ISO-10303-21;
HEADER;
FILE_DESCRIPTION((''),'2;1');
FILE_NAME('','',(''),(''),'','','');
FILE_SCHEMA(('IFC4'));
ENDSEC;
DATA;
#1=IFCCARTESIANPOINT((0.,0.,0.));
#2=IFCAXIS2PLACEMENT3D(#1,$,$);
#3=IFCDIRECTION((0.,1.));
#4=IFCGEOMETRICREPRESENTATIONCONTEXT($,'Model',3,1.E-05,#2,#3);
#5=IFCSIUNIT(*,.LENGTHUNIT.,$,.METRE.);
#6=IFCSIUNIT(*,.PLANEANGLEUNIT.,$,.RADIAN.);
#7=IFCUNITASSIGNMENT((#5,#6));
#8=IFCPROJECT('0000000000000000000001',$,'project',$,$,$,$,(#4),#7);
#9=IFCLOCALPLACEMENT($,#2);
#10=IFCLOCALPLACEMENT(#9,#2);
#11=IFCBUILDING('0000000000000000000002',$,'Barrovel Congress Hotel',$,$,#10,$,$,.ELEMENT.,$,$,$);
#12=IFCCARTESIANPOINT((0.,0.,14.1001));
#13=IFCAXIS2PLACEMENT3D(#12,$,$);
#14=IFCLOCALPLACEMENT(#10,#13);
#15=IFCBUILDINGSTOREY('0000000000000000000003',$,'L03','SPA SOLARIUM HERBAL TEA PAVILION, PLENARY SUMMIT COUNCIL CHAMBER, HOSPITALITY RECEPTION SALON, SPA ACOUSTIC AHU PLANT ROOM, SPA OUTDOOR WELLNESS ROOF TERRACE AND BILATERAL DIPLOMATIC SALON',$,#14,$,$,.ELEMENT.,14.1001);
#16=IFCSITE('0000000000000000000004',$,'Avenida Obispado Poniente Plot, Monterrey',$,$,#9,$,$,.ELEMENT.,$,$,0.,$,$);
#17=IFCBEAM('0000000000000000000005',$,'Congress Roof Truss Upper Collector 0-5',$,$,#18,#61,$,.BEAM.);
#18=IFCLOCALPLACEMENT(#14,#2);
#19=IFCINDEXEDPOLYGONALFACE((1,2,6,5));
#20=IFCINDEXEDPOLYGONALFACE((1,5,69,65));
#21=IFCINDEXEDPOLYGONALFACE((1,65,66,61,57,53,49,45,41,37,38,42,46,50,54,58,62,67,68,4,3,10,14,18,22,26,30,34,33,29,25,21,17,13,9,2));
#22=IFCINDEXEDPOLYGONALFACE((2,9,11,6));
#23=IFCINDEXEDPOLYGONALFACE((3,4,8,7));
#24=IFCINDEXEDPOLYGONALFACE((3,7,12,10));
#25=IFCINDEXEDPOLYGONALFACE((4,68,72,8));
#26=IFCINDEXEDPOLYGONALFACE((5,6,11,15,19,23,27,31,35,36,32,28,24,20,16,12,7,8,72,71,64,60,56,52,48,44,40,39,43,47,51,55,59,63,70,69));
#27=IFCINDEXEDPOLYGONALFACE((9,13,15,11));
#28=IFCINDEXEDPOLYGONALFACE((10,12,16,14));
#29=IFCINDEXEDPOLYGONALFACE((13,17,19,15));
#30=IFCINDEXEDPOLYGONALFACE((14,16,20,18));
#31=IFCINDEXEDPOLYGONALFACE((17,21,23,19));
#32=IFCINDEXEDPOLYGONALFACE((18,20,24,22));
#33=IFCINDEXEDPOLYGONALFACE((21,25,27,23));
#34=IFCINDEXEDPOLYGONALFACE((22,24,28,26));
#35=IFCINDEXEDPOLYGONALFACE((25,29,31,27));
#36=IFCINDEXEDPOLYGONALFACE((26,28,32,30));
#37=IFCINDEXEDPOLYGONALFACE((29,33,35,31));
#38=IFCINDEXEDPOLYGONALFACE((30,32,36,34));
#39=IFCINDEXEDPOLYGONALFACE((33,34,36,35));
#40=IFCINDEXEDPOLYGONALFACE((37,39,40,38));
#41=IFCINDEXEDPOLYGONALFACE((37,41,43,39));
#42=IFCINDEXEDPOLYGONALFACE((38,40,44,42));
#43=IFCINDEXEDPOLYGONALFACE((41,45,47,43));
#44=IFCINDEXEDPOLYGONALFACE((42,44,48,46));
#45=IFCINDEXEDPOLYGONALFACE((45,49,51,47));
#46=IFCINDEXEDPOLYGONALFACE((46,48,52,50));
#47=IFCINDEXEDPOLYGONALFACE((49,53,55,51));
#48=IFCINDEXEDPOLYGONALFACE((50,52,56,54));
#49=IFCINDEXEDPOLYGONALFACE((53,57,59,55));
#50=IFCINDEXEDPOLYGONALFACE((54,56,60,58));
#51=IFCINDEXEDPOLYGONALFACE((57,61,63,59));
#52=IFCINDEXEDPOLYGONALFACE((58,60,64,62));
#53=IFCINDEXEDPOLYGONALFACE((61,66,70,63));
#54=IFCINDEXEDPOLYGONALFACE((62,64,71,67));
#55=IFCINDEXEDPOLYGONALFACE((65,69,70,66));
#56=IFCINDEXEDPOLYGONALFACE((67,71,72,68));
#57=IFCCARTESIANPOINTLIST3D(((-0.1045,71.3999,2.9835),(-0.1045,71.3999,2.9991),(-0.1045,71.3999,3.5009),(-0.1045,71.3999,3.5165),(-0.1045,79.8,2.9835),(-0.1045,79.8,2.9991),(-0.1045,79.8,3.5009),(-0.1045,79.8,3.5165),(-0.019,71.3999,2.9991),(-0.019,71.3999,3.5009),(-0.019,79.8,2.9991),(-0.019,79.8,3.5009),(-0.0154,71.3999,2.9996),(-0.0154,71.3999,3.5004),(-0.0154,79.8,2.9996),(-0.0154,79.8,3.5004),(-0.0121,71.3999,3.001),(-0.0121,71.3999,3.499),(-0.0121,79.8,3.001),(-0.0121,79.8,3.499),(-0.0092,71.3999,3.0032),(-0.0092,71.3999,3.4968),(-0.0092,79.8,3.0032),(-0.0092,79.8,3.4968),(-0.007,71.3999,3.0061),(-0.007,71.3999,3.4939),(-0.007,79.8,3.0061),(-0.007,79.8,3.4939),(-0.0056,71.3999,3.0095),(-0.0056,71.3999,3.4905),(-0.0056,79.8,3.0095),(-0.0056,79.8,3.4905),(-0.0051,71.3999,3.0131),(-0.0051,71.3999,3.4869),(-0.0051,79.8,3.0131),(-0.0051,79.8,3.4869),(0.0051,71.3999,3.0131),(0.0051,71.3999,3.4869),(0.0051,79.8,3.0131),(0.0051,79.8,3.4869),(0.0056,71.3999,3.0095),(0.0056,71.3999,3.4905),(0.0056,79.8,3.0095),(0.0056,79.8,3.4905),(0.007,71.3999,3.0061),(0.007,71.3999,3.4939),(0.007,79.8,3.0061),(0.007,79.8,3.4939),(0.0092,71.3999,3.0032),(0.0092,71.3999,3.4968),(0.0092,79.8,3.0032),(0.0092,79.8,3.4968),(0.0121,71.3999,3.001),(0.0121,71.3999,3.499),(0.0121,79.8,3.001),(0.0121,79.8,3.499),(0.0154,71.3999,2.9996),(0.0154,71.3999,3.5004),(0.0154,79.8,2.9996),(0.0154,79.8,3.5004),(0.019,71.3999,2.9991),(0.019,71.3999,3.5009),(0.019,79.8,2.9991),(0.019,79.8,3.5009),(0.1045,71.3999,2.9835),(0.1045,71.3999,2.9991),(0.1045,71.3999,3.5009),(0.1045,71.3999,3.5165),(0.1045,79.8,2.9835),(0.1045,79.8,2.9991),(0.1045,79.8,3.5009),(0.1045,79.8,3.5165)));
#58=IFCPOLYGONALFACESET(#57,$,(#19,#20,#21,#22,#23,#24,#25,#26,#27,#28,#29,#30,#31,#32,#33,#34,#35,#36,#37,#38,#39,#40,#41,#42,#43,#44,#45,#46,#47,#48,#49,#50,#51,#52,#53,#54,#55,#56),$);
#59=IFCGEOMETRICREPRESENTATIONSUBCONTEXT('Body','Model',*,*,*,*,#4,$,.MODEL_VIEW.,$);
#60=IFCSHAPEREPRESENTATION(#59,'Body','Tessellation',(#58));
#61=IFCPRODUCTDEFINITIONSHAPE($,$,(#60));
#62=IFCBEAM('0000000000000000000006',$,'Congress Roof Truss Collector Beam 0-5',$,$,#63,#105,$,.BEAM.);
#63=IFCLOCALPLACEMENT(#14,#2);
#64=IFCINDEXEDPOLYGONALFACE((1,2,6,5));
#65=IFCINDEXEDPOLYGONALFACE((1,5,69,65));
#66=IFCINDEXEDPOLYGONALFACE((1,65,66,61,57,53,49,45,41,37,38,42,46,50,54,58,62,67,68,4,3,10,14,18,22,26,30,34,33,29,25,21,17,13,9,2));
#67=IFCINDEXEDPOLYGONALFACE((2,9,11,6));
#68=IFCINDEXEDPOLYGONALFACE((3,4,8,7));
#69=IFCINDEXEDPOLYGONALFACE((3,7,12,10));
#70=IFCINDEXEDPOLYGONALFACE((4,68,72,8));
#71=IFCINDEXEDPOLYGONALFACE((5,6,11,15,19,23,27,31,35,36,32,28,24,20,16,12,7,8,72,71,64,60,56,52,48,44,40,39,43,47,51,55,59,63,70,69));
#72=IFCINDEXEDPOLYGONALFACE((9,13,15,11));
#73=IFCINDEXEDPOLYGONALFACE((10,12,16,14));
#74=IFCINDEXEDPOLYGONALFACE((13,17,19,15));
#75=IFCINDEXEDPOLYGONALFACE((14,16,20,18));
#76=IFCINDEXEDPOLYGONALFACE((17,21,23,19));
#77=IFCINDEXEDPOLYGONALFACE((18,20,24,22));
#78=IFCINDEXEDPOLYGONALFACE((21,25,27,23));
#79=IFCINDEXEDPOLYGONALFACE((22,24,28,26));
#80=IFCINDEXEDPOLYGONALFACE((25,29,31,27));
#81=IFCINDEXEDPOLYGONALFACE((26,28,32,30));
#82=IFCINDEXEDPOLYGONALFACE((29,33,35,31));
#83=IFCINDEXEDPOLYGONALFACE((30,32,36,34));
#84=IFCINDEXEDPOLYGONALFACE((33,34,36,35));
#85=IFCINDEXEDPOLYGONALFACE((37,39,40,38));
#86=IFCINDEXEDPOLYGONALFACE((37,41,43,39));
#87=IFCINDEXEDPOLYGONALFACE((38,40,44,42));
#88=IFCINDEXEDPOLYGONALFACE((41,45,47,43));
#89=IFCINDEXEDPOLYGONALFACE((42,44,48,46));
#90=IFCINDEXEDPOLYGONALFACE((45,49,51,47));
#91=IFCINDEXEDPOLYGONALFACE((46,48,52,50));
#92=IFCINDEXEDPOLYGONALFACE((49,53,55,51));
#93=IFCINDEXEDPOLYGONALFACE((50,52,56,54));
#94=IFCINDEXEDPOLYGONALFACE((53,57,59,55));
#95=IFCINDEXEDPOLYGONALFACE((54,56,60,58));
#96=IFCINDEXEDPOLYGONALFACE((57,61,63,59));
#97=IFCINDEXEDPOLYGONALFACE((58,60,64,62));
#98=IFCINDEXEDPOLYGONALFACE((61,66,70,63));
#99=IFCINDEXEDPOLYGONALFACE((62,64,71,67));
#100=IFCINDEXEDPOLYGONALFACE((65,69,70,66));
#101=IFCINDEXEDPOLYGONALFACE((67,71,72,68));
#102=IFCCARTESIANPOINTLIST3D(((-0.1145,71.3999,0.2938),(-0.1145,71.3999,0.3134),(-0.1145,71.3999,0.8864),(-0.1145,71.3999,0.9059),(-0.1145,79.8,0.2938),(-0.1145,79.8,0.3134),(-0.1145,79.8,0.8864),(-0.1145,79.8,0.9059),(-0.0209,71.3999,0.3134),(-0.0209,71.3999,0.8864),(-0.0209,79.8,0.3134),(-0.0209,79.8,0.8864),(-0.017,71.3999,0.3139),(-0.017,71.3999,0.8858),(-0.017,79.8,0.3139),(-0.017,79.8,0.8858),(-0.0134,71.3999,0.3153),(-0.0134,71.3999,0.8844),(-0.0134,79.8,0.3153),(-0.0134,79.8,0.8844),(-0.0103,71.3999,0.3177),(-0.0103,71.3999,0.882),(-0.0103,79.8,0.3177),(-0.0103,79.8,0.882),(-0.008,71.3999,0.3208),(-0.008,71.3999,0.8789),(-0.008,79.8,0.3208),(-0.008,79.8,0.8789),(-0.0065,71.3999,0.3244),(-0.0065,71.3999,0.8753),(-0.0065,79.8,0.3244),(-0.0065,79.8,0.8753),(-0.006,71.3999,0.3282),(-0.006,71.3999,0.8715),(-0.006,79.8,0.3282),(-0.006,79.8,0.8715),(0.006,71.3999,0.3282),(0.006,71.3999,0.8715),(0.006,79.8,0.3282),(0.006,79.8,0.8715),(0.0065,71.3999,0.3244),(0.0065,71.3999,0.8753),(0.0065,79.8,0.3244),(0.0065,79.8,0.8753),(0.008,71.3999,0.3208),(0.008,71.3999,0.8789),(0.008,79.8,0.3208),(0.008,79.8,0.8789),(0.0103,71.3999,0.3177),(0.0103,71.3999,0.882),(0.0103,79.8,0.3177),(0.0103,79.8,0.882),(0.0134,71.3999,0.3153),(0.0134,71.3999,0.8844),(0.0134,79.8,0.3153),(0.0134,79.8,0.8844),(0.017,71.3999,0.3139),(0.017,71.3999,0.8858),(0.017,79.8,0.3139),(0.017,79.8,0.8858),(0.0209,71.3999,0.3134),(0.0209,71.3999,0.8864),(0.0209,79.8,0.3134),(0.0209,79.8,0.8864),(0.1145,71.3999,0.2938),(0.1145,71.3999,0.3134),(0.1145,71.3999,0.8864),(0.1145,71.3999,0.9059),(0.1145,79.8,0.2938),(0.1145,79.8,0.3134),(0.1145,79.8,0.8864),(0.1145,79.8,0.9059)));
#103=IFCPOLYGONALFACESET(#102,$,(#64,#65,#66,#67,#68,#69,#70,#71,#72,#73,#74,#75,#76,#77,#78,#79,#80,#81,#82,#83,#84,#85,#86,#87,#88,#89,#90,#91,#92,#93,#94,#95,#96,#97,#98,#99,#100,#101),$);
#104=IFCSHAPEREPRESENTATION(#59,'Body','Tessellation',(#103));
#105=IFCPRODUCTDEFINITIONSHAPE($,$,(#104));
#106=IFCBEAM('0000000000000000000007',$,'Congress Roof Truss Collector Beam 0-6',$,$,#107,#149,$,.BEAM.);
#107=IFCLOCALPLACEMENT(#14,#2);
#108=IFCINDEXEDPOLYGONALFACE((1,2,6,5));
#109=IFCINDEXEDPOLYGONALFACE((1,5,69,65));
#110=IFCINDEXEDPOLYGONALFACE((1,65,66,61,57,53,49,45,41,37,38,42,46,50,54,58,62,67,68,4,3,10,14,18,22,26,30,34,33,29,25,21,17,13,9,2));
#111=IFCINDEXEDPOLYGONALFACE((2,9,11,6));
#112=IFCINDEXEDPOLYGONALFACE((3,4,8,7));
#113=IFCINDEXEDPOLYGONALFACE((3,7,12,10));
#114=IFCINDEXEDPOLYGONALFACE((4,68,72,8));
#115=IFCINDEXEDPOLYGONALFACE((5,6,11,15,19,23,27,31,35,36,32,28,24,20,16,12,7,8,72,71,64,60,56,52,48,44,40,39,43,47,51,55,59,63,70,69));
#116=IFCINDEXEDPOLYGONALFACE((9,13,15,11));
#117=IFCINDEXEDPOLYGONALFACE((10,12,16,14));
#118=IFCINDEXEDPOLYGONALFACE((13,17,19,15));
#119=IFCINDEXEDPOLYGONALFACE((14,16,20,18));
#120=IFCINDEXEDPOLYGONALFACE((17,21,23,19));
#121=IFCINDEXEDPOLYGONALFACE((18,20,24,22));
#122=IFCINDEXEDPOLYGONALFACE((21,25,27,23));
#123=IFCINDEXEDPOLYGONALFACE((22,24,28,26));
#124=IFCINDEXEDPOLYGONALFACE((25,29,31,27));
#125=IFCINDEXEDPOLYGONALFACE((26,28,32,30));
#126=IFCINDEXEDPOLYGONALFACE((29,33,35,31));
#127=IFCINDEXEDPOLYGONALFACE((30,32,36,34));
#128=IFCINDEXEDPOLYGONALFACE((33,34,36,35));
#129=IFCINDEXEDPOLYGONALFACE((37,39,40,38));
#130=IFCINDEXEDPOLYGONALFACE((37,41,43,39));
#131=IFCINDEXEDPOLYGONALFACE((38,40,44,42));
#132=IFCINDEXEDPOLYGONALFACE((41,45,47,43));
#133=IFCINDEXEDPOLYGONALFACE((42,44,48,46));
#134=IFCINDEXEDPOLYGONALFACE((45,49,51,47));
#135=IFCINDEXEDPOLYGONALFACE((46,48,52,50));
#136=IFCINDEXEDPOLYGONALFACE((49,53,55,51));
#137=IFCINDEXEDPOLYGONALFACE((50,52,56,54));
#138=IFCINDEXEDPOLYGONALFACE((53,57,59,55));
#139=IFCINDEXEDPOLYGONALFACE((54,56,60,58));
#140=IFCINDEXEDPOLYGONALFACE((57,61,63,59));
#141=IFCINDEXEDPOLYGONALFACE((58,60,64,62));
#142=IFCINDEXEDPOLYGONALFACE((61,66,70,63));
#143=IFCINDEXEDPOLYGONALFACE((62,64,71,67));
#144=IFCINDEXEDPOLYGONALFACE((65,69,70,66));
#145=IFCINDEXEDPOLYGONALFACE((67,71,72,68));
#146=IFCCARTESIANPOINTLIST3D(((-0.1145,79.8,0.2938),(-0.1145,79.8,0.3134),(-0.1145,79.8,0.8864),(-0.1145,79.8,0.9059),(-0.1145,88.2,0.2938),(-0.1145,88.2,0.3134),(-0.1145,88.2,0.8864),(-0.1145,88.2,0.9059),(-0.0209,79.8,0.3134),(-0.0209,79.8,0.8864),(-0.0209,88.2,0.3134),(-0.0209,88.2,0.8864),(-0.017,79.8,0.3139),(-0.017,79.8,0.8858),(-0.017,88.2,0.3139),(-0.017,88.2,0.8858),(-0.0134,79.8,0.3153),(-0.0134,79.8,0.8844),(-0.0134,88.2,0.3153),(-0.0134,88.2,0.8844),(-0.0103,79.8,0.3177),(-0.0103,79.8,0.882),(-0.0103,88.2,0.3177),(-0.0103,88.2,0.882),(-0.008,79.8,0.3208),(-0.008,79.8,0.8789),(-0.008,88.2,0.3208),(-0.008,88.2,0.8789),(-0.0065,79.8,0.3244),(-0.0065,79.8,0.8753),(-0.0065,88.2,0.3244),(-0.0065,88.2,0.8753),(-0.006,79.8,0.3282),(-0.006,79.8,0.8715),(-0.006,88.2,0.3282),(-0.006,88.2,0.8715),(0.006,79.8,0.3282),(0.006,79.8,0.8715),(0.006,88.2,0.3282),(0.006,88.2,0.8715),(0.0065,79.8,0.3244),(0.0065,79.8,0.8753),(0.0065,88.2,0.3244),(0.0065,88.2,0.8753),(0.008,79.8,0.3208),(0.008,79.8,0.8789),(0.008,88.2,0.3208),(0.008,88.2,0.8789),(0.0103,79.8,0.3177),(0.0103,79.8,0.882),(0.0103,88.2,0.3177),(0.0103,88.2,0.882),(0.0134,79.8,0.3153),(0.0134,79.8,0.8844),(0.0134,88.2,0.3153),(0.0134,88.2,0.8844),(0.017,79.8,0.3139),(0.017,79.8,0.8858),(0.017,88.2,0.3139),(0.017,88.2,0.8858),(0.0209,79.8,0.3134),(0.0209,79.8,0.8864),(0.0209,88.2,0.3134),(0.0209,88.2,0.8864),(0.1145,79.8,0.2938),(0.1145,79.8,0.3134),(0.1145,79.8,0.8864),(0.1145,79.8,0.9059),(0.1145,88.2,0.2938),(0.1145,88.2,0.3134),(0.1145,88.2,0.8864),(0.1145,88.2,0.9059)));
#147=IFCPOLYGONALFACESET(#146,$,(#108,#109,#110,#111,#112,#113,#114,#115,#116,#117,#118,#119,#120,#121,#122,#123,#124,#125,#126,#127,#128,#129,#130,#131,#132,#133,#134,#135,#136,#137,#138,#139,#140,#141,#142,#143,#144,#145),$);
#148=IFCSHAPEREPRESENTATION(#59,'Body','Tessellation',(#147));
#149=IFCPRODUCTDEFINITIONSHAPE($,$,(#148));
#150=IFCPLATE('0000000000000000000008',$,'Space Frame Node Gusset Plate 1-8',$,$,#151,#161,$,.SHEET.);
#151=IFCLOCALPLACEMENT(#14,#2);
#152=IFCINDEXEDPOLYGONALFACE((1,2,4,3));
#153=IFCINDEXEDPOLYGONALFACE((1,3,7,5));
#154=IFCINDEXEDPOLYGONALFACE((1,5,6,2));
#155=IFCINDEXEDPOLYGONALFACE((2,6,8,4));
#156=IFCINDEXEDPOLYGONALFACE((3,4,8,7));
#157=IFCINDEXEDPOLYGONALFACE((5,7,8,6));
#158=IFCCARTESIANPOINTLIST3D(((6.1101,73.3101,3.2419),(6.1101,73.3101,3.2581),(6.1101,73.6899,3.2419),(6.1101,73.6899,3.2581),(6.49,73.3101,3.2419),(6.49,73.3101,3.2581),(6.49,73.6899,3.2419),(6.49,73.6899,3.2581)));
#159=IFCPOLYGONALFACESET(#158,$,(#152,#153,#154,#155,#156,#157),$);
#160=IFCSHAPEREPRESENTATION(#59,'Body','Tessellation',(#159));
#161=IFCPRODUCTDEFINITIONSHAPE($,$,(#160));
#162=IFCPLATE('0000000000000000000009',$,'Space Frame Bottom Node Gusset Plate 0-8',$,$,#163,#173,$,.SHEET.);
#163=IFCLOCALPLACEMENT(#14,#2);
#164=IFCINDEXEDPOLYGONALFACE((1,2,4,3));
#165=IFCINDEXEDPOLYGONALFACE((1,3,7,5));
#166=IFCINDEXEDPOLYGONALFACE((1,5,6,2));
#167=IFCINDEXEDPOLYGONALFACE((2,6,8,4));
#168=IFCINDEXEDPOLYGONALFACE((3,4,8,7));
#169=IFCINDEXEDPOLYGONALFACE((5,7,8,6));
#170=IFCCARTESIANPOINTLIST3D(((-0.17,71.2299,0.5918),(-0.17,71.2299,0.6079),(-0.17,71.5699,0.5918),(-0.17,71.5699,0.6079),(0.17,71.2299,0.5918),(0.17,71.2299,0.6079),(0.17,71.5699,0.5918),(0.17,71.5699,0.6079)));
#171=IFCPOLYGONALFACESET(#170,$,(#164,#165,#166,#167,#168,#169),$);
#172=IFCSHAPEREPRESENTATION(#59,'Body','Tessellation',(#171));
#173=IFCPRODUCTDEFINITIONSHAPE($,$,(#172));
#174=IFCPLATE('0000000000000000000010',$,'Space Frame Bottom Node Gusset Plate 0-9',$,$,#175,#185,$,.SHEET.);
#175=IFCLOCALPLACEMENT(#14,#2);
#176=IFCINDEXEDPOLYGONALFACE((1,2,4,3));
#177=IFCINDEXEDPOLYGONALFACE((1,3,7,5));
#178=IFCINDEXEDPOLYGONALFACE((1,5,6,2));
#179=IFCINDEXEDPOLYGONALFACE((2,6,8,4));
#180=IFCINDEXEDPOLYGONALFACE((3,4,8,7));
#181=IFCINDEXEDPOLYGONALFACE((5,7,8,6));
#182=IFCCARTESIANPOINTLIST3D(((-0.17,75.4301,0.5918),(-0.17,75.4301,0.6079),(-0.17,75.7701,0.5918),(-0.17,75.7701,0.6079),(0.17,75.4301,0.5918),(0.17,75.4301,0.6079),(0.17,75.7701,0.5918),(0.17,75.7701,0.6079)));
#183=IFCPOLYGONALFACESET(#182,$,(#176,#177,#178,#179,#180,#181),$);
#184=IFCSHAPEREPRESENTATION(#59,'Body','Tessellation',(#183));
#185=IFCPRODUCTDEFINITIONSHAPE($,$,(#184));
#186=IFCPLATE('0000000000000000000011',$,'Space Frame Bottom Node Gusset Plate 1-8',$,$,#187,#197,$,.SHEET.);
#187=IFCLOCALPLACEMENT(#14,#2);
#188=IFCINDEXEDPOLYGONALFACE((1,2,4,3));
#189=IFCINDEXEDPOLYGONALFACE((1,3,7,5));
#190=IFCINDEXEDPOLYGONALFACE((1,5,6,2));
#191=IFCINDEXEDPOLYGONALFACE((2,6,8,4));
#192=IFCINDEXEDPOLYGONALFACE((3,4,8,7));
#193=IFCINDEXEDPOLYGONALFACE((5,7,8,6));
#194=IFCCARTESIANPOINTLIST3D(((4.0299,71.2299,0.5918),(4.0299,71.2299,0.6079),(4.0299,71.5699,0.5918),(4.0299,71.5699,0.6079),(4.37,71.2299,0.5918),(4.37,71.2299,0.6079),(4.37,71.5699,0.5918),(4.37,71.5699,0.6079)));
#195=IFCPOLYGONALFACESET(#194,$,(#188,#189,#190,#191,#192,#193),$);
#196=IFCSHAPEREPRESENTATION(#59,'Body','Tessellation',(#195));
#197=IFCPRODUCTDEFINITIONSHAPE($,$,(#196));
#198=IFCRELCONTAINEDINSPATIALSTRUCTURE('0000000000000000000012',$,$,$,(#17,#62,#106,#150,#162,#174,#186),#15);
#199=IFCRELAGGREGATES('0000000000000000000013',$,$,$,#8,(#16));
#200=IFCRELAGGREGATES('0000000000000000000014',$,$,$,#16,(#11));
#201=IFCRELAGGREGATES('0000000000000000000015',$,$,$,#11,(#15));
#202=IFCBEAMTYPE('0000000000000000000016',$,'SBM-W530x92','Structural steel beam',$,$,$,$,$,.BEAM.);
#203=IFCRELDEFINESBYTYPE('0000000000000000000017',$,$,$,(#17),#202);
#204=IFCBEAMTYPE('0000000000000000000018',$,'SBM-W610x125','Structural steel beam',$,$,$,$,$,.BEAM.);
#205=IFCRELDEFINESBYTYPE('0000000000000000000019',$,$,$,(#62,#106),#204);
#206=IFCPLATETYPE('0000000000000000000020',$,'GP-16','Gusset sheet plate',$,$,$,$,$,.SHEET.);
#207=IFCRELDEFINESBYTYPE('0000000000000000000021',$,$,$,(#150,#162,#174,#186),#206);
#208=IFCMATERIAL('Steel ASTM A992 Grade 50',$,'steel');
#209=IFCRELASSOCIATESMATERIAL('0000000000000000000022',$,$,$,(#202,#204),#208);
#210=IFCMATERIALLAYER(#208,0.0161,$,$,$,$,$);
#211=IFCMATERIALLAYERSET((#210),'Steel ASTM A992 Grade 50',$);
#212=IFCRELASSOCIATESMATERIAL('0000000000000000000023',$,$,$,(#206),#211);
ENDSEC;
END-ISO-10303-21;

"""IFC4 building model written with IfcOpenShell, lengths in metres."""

from ifc_helpers import new_model, si_unit, direction, frame, origin, origin_2d, place, context, subcontext, project, spatial, rectangle, i_section, extrude, material, layer, layer_set, material_profile, profile_set, type_object, element, save


model = new_model("IFC4")

# Units and contexts
model_context = context("Model", 3, precision=1e-05, world=origin(), true_north=direction((0.0, 1.0)))
body_context = subcontext(model_context, "Body", "Model", "MODEL_VIEW")
ifc_project = project(units=[si_unit("LENGTHUNIT", "METRE"), si_unit("PLANEANGLEUNIT", "RADIAN")], contexts=[model_context])

# Site, building, storey
site_placement = place(None, origin())
site = spatial("IfcSite", under=ifc_project, at=site_placement, Name="Avenida Obispado Poniente Plot, Monterrey", CompositionType="ELEMENT", RefElevation=0.0)
building_placement = place(site_placement, origin())
building = spatial("IfcBuilding", under=site, at=building_placement, Name="Barrovel Congress Hotel", CompositionType="ELEMENT")
storey_placement = place(building_placement, frame((0.0, 0.0, 14.1001)))
storey = spatial("IfcBuildingStorey", under=building, at=storey_placement, Name="L03", Description="SPA SOLARIUM HERBAL TEA PAVILION, PLENARY SUMMIT COUNCIL CHAMBER, HOSPITALITY RECEPTION SALON, SPA ACOUSTIC AHU PLANT ROOM, SPA OUTDOOR WELLNESS ROOF TERRACE AND BILATERAL DIPLOMATIC SALON", CompositionType="ELEMENT", Elevation=14.1001)

# Beams
ifc_material_1 = material(Name="Steel ASTM A992 Grade 50", Category="steel")
ifc_material_profile_1 = material_profile(ifc_material_1, i_section(OverallWidth=0.209, OverallDepth=0.533, WebThickness=0.0103, FlangeThickness=0.0156, FilletRadius=0.0139, at=origin_2d()), Name="W530x92")
ifc_profile_set_1 = profile_set([ifc_material_profile_1], Name="Steel ASTM A992 Grade 50")
beam_type_1 = type_object("IfcBeamType", Name="SBM-W530x92", Description="Structural steel beam", PredefinedType="BEAM", material=ifc_profile_set_1)
beam_1_placement = place(storey_placement, frame((0.0, 71.3999, 3.25), z_axis=(0.0, 1.0, 0.0), x_axis=(-1.0, 0.0, 0.0)))
element("IfcBeam", 1, at=beam_1_placement, inside=storey, type_object=beam_type_1, Name="Congress Roof Truss Upper Collector 0-5", PredefinedType="BEAM", context=body_context, shape_type="SweptSolid", body=[
    extrude(i_section(OverallWidth=0.209, OverallDepth=0.533, WebThickness=0.0103, FlangeThickness=0.0156, FilletRadius=0.0139, at=origin_2d()), origin(), (0.0, 0.0, 1.0), 8.4001),
])
ifc_material_profile_2 = material_profile(ifc_material_1, i_section(OverallWidth=0.229, OverallDepth=0.6121, WebThickness=0.012, FlangeThickness=0.0195, FilletRadius=0.0149, at=origin_2d()), Name="W610x125")
ifc_profile_set_2 = profile_set([ifc_material_profile_2], Name="Steel ASTM A992 Grade 50")
beam_type_2 = type_object("IfcBeamType", Name="SBM-W610x125", Description="Structural steel beam", PredefinedType="BEAM", material=ifc_profile_set_2)
beam_2_placement = place(storey_placement, frame((0.0, 71.3999, 0.5999), z_axis=(0.0, 1.0, 0.0), x_axis=(-1.0, 0.0, 0.0)))
element("IfcBeam", 2, at=beam_2_placement, inside=storey, type_object=beam_type_2, Name="Congress Roof Truss Collector Beam 0-5", PredefinedType="BEAM", context=body_context, shape_type="SweptSolid", body=[
    extrude(i_section(OverallWidth=0.229, OverallDepth=0.6121, WebThickness=0.012, FlangeThickness=0.0195, FilletRadius=0.0149, at=origin_2d()), origin(), (0.0, 0.0, 1.0), 8.4001),
])
beam_3_placement = place(storey_placement, frame((0.0, 79.8, 0.5999), z_axis=(0.0, 1.0, 0.0), x_axis=(-1.0, 0.0, 0.0)))
element("IfcBeam", 3, at=beam_3_placement, inside=storey, type_object=beam_type_2, Name="Congress Roof Truss Collector Beam 0-6", PredefinedType="BEAM", context=body_context, shape_type="SweptSolid", body=[
    extrude(i_section(OverallWidth=0.229, OverallDepth=0.6121, WebThickness=0.012, FlangeThickness=0.0195, FilletRadius=0.0149, at=origin_2d()), origin(), (0.0, 0.0, 1.0), 8.3999),
])

# Plates
ifc_layer_1 = layer(ifc_material_1, 0.0161)
ifc_layer_set_1 = layer_set([ifc_layer_1], Name="Steel ASTM A992 Grade 50")
plate_type_1 = type_object("IfcPlateType", Name="GP-16", Description="Gusset sheet plate", PredefinedType="SHEET", material=ifc_layer_set_1)
plate_placement = place(storey_placement, frame((6.3, 73.5, 3.2419), z_axis=(0.0, 0.0, 1.0), x_axis=(1.0, 0.0, 0.0)))
element("IfcPlate", 4, at=plate_placement, inside=storey, type_object=plate_type_1, Name="Space Frame Node Gusset Plate 1-8", PredefinedType="SHEET", context=body_context, shape_type="SweptSolid", body=[
    extrude(rectangle(XDim=0.3799, YDim=0.3799, at=origin_2d()), origin(), (0.0, 0.0, 1.0), 0.0161),
])
for number, where, z_axis, x_axis, name in (
    (5, (0.0, 71.3999, 0.5918), (0.0, 0.0, 1.0), (1.0, 0.0, 0.0), "Space Frame Bottom Node Gusset Plate 0-8"),
    (6, (0.0, 75.6001, 0.5918), (0.0, 0.0, 1.0), (1.0, 0.0, 0.0), "Space Frame Bottom Node Gusset Plate 0-9"),
    (7, (4.2, 71.3999, 0.5918), (0.0, 0.0, 1.0), (1.0, 0.0, 0.0), "Space Frame Bottom Node Gusset Plate 1-8"),
):
    element("IfcPlate", number, at=place(storey_placement, frame(where, z_axis=z_axis, x_axis=x_axis)), inside=storey, type_object=plate_type_1, Name=name, PredefinedType="SHEET", context=body_context, shape_type="SweptSolid", body=[
        extrude(rectangle(XDim=0.3401, YDim=0.3401, at=origin_2d()), origin(), (0.0, 0.0, 1.0), 0.0161),
    ])

save(model, "model.ifc")
